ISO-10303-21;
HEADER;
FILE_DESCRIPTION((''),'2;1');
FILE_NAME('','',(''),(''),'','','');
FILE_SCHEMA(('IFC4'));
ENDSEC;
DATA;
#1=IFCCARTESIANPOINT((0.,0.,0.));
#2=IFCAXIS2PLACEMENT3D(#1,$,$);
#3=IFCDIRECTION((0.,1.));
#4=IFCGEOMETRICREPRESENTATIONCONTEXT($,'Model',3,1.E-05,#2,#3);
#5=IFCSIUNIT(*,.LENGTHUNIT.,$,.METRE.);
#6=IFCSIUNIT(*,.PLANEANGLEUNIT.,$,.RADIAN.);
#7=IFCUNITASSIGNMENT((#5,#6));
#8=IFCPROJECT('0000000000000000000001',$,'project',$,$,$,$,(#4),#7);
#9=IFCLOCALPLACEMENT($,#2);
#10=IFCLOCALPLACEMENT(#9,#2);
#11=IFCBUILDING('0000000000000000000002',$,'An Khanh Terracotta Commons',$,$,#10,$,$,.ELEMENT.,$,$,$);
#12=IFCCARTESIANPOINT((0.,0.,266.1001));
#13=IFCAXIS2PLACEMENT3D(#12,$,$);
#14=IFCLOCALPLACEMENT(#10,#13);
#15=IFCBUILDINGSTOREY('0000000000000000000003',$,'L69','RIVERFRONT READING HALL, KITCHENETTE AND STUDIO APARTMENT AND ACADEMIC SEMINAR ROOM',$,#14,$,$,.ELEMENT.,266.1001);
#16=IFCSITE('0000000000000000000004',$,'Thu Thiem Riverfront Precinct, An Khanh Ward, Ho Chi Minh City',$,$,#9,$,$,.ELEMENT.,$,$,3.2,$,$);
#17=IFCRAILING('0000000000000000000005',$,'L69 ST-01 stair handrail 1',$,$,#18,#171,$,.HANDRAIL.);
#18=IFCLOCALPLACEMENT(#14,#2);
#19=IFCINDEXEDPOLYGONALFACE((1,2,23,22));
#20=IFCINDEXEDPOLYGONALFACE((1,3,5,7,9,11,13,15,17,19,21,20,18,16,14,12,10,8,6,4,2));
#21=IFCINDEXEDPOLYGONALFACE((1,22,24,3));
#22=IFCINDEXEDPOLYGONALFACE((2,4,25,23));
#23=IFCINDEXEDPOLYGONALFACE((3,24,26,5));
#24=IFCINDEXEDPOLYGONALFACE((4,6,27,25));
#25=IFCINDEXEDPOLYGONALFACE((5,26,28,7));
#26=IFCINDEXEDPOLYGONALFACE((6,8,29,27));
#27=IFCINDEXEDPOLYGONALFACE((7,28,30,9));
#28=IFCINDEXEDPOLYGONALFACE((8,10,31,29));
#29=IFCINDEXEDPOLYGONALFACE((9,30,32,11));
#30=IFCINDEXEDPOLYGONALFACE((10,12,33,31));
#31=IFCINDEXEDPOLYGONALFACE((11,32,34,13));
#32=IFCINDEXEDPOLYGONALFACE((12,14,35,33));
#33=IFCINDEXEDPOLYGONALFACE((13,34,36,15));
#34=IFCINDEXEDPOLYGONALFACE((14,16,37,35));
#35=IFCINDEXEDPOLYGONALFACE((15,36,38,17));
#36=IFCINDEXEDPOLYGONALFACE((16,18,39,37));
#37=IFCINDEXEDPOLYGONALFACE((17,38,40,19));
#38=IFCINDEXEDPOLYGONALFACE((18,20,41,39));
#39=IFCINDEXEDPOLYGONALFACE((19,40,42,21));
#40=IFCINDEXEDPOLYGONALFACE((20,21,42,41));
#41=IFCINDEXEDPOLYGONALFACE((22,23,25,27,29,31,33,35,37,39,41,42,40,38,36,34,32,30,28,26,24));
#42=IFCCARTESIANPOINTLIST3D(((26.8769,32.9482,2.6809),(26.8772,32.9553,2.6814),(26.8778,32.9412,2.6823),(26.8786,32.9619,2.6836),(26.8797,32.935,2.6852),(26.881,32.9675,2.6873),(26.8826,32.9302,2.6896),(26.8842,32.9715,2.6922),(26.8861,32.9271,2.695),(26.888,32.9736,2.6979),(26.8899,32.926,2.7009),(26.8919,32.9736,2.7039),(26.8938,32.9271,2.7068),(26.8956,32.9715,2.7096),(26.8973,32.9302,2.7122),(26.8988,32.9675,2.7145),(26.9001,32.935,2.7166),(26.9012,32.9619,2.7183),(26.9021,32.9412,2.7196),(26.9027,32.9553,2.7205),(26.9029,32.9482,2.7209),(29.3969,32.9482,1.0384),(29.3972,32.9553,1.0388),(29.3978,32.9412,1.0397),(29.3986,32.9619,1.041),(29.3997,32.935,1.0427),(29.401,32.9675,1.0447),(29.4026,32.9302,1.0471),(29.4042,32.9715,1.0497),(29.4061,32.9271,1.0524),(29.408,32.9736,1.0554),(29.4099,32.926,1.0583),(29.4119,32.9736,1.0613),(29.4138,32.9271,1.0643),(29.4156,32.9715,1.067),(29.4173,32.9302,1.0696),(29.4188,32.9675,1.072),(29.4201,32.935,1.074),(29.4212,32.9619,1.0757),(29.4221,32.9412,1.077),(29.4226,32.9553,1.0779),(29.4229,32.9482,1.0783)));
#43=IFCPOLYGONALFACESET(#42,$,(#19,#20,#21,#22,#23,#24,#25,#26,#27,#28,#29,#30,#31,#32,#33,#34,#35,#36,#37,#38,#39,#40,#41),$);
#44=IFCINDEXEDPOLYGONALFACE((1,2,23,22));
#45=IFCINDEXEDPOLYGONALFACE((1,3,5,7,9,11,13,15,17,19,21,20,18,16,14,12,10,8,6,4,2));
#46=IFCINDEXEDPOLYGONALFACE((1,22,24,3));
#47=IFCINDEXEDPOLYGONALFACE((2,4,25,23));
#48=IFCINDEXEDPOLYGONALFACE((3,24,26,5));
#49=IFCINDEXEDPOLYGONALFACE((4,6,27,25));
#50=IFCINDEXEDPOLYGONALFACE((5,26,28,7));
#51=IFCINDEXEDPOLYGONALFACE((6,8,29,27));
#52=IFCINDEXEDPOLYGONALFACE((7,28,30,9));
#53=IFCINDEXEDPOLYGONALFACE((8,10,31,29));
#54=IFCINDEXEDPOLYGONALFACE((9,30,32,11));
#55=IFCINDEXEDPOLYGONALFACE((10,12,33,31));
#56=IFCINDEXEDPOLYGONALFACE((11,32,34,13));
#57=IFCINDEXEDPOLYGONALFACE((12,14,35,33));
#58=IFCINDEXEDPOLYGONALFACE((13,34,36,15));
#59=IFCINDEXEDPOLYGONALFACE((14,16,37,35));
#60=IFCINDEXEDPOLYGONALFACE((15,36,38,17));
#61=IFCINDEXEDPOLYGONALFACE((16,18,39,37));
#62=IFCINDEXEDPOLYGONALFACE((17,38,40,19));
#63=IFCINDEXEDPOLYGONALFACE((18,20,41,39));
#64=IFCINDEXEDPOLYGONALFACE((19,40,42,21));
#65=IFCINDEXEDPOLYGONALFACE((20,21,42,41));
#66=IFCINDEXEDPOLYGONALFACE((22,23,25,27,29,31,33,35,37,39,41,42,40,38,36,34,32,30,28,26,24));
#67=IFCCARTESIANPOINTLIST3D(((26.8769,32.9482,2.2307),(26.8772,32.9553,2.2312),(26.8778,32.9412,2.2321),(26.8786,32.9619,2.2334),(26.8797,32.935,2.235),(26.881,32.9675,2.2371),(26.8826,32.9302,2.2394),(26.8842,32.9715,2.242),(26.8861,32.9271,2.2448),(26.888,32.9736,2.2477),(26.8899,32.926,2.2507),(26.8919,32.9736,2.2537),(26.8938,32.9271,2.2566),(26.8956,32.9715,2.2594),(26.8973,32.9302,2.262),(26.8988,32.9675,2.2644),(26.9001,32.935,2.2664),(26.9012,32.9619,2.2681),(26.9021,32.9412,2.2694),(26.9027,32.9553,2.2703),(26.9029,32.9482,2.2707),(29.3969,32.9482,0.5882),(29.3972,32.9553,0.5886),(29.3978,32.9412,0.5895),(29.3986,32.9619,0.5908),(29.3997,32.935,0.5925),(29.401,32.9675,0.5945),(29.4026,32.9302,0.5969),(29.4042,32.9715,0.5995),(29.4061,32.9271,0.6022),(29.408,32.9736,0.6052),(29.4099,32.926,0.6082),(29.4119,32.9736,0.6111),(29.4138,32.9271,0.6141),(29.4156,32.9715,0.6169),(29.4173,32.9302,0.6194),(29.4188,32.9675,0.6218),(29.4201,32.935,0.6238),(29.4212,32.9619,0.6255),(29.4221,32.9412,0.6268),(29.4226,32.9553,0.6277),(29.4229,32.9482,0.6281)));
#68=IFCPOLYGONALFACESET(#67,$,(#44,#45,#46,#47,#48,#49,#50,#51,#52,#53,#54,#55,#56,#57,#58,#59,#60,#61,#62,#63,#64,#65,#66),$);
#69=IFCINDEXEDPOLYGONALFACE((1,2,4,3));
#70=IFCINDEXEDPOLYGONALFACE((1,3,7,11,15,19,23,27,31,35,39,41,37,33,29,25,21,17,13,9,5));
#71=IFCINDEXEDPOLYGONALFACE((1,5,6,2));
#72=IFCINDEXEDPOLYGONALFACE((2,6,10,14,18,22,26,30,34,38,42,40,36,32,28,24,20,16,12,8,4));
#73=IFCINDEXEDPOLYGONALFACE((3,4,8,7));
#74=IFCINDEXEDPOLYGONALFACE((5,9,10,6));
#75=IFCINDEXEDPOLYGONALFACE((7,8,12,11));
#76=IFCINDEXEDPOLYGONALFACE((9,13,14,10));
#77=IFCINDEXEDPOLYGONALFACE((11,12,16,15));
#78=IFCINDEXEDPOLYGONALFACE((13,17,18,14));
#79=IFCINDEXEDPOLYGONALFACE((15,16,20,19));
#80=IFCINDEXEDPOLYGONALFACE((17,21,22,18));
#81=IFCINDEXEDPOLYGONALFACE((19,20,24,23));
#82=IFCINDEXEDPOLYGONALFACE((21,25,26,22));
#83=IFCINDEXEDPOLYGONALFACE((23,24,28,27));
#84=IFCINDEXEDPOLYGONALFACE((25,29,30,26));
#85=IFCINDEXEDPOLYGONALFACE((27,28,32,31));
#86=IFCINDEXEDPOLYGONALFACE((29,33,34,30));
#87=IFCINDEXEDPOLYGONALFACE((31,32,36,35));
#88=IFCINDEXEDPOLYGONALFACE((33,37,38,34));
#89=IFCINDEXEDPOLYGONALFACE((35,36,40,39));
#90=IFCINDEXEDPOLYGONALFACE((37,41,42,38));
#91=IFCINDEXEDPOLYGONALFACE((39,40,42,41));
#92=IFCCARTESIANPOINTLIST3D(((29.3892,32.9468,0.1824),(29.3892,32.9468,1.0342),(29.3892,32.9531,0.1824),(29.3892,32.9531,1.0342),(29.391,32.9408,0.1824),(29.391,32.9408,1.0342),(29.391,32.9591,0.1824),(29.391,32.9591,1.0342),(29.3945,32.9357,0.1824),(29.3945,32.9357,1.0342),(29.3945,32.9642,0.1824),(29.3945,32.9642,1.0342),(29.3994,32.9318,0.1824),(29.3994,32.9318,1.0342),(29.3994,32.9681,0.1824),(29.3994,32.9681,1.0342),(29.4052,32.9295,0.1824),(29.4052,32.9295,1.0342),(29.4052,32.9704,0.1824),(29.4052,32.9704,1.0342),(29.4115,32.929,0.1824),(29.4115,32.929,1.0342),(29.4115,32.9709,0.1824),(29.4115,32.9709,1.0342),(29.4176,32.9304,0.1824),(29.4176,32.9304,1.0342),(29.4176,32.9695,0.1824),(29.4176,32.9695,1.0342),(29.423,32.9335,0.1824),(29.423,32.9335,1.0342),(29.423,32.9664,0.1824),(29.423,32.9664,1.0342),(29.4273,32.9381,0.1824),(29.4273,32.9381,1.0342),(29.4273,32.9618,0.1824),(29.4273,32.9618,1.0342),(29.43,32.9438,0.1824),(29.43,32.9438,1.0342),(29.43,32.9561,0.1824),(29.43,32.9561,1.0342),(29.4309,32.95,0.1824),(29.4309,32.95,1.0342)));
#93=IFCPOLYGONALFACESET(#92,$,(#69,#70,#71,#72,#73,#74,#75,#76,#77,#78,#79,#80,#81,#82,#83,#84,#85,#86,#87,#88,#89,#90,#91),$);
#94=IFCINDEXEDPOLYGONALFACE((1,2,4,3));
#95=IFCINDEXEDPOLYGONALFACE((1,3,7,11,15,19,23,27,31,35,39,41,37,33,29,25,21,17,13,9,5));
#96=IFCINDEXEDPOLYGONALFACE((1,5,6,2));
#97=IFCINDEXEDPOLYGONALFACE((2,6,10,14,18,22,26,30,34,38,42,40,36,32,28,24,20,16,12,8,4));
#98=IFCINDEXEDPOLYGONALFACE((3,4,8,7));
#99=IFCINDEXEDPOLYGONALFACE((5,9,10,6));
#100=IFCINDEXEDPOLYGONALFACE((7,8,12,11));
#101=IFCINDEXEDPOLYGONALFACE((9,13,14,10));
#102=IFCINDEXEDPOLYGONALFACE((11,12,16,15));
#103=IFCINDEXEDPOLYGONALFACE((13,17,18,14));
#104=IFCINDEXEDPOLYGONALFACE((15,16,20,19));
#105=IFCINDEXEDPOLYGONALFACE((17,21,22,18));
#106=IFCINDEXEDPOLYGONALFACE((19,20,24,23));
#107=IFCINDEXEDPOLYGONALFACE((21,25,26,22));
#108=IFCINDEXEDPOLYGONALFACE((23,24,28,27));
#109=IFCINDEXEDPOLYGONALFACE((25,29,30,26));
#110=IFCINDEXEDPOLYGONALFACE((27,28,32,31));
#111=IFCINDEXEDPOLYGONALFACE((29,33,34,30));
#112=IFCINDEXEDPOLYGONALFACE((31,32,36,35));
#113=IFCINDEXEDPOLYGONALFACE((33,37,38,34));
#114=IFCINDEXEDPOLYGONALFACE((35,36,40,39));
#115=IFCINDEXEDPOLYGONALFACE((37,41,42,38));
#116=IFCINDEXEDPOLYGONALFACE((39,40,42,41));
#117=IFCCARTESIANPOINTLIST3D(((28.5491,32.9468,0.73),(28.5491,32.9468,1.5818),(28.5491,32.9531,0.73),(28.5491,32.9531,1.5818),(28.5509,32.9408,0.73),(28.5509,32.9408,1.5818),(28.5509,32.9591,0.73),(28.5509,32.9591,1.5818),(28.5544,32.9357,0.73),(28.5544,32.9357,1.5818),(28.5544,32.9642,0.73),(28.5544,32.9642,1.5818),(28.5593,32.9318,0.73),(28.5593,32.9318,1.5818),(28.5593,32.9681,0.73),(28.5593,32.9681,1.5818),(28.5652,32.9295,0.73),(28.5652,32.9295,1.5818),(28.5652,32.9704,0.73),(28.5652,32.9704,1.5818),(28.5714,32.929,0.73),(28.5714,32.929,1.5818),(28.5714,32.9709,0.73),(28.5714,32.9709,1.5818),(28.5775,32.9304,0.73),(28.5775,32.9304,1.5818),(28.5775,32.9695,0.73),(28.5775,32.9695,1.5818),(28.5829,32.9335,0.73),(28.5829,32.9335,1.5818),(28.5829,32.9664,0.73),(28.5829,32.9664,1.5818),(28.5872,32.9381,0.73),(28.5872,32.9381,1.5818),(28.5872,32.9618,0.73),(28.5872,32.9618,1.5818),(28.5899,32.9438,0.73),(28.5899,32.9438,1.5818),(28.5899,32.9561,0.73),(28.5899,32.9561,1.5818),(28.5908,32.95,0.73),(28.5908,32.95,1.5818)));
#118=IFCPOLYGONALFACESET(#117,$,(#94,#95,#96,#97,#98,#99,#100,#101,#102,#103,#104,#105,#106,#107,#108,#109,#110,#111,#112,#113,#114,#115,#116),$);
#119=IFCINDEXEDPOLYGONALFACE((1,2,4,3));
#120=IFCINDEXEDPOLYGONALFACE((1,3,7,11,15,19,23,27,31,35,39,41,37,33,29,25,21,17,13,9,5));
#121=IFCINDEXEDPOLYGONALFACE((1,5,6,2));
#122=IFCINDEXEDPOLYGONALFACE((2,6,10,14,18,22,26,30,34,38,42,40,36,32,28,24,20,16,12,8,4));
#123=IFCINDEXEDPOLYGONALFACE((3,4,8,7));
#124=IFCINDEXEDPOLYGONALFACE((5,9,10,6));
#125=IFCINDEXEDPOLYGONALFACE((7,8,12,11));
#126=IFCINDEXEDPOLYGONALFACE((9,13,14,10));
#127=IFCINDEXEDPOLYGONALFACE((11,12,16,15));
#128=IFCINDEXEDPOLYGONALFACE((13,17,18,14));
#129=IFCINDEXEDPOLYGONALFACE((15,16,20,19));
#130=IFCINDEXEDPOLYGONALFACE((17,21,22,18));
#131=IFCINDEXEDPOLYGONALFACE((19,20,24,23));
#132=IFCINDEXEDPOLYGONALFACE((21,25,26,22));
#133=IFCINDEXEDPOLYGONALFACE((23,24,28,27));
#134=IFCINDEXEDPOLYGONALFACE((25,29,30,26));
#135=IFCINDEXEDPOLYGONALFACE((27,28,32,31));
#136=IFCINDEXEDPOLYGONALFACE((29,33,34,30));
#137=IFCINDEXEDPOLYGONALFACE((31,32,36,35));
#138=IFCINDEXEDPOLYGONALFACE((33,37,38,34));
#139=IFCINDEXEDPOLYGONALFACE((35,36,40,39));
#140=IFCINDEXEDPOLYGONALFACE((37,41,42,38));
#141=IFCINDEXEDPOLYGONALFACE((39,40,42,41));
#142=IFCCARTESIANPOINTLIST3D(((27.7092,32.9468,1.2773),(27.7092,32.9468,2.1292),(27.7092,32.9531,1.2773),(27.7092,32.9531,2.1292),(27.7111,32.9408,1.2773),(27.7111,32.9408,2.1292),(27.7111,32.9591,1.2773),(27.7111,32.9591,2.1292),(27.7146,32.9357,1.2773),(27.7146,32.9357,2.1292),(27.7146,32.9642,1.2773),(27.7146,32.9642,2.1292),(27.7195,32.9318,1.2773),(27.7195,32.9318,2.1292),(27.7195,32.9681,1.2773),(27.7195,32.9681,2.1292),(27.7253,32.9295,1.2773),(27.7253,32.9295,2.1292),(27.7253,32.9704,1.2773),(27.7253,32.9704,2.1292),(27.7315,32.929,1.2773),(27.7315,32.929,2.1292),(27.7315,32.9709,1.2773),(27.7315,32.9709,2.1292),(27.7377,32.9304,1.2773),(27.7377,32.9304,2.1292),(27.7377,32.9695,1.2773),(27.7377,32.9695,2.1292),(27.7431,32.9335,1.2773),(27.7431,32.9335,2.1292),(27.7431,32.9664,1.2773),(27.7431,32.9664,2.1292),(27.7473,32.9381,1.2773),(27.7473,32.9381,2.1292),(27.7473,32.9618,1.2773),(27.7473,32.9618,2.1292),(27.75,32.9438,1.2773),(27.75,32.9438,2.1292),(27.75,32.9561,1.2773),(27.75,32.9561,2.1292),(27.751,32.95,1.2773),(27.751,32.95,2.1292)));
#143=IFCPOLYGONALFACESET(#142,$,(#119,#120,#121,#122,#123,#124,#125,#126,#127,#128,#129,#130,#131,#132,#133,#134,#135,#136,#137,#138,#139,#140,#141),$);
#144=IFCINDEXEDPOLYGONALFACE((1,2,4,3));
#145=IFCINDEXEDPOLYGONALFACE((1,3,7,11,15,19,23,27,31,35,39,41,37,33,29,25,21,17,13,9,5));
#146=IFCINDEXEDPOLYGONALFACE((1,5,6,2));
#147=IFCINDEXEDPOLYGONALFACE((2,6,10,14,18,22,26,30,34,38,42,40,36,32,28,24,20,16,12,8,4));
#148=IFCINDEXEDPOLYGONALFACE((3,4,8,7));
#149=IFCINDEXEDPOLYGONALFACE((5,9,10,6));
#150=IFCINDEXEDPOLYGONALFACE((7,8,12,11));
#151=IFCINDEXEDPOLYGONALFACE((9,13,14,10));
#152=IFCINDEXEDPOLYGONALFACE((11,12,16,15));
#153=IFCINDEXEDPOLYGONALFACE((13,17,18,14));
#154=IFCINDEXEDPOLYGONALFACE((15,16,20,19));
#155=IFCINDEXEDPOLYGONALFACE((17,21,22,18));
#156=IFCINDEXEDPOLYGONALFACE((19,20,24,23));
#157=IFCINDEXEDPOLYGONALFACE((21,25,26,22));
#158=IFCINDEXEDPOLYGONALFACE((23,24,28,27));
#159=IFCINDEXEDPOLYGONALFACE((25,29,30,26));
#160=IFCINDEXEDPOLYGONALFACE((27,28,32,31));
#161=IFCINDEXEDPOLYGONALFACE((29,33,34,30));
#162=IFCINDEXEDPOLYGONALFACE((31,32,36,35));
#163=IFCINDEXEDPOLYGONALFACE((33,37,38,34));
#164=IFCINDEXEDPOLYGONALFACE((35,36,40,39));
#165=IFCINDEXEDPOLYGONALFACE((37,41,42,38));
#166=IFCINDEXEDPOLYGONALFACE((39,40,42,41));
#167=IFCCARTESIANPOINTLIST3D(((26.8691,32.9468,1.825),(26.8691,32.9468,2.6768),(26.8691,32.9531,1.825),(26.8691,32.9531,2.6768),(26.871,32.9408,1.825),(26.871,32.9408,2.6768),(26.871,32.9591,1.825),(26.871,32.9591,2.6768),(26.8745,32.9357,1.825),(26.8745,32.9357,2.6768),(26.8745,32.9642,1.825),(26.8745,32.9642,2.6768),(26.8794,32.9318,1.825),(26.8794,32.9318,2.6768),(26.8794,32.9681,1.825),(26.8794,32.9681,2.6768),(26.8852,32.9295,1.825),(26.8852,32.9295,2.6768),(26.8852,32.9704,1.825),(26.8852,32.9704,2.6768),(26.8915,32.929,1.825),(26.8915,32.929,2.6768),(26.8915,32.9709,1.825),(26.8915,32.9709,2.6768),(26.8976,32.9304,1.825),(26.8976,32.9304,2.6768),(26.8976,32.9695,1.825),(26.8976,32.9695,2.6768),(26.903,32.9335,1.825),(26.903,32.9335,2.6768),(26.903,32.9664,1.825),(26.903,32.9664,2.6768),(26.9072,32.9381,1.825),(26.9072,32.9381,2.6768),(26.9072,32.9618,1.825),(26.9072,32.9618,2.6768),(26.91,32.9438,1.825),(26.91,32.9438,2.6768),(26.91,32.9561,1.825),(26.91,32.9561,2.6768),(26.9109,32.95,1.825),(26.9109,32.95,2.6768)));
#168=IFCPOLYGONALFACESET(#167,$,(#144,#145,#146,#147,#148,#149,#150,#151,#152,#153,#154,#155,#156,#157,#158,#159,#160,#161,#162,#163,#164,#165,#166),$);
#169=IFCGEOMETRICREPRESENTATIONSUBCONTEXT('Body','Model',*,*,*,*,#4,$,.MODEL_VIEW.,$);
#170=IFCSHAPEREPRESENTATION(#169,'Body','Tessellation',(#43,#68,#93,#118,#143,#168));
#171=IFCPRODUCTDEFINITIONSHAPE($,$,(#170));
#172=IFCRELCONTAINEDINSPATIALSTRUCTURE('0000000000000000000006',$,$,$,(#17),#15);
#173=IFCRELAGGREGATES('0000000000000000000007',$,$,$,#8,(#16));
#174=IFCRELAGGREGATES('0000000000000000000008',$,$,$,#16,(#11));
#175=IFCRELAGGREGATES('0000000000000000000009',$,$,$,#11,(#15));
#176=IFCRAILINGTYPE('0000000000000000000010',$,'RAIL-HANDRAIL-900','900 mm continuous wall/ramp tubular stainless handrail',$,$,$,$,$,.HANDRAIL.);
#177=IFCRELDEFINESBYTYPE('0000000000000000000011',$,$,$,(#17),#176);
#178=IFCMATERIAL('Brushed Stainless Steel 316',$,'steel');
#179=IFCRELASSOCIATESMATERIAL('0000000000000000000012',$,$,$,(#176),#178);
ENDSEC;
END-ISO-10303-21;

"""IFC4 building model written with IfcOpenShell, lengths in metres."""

from ifc_helpers import new_model, si_unit, direction, frame, origin, origin_2d, place, context, subcontext, project, spatial, circle, extrude, material, type_object, element, save


model = new_model("IFC4")

# Units and contexts
model_context = context("Model", 3, precision=1e-05, world=origin(), true_north=direction((0.0, 1.0)))
body_context = subcontext(model_context, "Body", "Model", "MODEL_VIEW")
ifc_project = project(units=[si_unit("LENGTHUNIT", "METRE"), si_unit("PLANEANGLEUNIT", "RADIAN")], contexts=[model_context])

# Site, building, storey
site_placement = place(None, origin())
site = spatial("IfcSite", under=ifc_project, at=site_placement, Name="Thu Thiem Riverfront Precinct, An Khanh Ward, Ho Chi Minh City", CompositionType="ELEMENT", RefElevation=3.2)
building_placement = place(site_placement, origin())
building = spatial("IfcBuilding", under=site, at=building_placement, Name="An Khanh Terracotta Commons", CompositionType="ELEMENT")
storey_placement = place(building_placement, frame((0.0, 0.0, 266.1001)))
storey = spatial("IfcBuildingStorey", under=building, at=storey_placement, Name="L69", Description="RIVERFRONT READING HALL, KITCHENETTE AND STUDIO APARTMENT AND ACADEMIC SEMINAR ROOM", CompositionType="ELEMENT", Elevation=266.1001)

# Railing
ifc_material_1 = material(Name="Brushed Stainless Steel 316", Category="steel")
railing_type_1 = type_object("IfcRailingType", Name="RAIL-HANDRAIL-900", Description="900 mm continuous wall/ramp tubular stainless handrail", PredefinedType="HANDRAIL", material=ifc_material_1)
railing_1_placement = place(storey_placement, frame((29.4099, 32.95, 0.1824)))
element("IfcRailing", 1, at=railing_1_placement, inside=storey, type_object=railing_type_1, Name="L69 ST-01 stair handrail 1", PredefinedType="HANDRAIL", context=body_context, shape_type="SweptSolid", body=[
    extrude(circle(Radius=0.0239, at=origin_2d()), frame((0.0, 0.0, 0.876), z_axis=(-0.837749, 0.0, 0.546055), x_axis=(0.0, -1.0, 0.0)), (0.0, 0.0, 1.0), 3.0081),
    extrude(circle(Radius=0.0239, at=origin_2d()), frame((0.0, 0.0, 0.4258), z_axis=(-0.837749, 0.0, 0.546055), x_axis=(0.0, -1.0, 0.0)), (0.0, 0.0, 1.0), 3.0081),
    extrude(circle(Radius=0.021, at=origin_2d()), origin(), (0.0, 0.0, 1.0), 0.8518),
    extrude(circle(Radius=0.021, at=origin_2d()), frame((-0.8401, 0.0, 0.5476)), (0.0, 0.0, 1.0), 0.8518),
    extrude(circle(Radius=0.021, at=origin_2d()), frame((-1.6799, 0.0, 1.095)), (0.0, 0.0, 1.0), 0.8518),
    extrude(circle(Radius=0.021, at=origin_2d()), frame((-2.52, 0.0, 1.6426)), (0.0, 0.0, 1.0), 0.8518),
])

save(model, "model.ifc")
